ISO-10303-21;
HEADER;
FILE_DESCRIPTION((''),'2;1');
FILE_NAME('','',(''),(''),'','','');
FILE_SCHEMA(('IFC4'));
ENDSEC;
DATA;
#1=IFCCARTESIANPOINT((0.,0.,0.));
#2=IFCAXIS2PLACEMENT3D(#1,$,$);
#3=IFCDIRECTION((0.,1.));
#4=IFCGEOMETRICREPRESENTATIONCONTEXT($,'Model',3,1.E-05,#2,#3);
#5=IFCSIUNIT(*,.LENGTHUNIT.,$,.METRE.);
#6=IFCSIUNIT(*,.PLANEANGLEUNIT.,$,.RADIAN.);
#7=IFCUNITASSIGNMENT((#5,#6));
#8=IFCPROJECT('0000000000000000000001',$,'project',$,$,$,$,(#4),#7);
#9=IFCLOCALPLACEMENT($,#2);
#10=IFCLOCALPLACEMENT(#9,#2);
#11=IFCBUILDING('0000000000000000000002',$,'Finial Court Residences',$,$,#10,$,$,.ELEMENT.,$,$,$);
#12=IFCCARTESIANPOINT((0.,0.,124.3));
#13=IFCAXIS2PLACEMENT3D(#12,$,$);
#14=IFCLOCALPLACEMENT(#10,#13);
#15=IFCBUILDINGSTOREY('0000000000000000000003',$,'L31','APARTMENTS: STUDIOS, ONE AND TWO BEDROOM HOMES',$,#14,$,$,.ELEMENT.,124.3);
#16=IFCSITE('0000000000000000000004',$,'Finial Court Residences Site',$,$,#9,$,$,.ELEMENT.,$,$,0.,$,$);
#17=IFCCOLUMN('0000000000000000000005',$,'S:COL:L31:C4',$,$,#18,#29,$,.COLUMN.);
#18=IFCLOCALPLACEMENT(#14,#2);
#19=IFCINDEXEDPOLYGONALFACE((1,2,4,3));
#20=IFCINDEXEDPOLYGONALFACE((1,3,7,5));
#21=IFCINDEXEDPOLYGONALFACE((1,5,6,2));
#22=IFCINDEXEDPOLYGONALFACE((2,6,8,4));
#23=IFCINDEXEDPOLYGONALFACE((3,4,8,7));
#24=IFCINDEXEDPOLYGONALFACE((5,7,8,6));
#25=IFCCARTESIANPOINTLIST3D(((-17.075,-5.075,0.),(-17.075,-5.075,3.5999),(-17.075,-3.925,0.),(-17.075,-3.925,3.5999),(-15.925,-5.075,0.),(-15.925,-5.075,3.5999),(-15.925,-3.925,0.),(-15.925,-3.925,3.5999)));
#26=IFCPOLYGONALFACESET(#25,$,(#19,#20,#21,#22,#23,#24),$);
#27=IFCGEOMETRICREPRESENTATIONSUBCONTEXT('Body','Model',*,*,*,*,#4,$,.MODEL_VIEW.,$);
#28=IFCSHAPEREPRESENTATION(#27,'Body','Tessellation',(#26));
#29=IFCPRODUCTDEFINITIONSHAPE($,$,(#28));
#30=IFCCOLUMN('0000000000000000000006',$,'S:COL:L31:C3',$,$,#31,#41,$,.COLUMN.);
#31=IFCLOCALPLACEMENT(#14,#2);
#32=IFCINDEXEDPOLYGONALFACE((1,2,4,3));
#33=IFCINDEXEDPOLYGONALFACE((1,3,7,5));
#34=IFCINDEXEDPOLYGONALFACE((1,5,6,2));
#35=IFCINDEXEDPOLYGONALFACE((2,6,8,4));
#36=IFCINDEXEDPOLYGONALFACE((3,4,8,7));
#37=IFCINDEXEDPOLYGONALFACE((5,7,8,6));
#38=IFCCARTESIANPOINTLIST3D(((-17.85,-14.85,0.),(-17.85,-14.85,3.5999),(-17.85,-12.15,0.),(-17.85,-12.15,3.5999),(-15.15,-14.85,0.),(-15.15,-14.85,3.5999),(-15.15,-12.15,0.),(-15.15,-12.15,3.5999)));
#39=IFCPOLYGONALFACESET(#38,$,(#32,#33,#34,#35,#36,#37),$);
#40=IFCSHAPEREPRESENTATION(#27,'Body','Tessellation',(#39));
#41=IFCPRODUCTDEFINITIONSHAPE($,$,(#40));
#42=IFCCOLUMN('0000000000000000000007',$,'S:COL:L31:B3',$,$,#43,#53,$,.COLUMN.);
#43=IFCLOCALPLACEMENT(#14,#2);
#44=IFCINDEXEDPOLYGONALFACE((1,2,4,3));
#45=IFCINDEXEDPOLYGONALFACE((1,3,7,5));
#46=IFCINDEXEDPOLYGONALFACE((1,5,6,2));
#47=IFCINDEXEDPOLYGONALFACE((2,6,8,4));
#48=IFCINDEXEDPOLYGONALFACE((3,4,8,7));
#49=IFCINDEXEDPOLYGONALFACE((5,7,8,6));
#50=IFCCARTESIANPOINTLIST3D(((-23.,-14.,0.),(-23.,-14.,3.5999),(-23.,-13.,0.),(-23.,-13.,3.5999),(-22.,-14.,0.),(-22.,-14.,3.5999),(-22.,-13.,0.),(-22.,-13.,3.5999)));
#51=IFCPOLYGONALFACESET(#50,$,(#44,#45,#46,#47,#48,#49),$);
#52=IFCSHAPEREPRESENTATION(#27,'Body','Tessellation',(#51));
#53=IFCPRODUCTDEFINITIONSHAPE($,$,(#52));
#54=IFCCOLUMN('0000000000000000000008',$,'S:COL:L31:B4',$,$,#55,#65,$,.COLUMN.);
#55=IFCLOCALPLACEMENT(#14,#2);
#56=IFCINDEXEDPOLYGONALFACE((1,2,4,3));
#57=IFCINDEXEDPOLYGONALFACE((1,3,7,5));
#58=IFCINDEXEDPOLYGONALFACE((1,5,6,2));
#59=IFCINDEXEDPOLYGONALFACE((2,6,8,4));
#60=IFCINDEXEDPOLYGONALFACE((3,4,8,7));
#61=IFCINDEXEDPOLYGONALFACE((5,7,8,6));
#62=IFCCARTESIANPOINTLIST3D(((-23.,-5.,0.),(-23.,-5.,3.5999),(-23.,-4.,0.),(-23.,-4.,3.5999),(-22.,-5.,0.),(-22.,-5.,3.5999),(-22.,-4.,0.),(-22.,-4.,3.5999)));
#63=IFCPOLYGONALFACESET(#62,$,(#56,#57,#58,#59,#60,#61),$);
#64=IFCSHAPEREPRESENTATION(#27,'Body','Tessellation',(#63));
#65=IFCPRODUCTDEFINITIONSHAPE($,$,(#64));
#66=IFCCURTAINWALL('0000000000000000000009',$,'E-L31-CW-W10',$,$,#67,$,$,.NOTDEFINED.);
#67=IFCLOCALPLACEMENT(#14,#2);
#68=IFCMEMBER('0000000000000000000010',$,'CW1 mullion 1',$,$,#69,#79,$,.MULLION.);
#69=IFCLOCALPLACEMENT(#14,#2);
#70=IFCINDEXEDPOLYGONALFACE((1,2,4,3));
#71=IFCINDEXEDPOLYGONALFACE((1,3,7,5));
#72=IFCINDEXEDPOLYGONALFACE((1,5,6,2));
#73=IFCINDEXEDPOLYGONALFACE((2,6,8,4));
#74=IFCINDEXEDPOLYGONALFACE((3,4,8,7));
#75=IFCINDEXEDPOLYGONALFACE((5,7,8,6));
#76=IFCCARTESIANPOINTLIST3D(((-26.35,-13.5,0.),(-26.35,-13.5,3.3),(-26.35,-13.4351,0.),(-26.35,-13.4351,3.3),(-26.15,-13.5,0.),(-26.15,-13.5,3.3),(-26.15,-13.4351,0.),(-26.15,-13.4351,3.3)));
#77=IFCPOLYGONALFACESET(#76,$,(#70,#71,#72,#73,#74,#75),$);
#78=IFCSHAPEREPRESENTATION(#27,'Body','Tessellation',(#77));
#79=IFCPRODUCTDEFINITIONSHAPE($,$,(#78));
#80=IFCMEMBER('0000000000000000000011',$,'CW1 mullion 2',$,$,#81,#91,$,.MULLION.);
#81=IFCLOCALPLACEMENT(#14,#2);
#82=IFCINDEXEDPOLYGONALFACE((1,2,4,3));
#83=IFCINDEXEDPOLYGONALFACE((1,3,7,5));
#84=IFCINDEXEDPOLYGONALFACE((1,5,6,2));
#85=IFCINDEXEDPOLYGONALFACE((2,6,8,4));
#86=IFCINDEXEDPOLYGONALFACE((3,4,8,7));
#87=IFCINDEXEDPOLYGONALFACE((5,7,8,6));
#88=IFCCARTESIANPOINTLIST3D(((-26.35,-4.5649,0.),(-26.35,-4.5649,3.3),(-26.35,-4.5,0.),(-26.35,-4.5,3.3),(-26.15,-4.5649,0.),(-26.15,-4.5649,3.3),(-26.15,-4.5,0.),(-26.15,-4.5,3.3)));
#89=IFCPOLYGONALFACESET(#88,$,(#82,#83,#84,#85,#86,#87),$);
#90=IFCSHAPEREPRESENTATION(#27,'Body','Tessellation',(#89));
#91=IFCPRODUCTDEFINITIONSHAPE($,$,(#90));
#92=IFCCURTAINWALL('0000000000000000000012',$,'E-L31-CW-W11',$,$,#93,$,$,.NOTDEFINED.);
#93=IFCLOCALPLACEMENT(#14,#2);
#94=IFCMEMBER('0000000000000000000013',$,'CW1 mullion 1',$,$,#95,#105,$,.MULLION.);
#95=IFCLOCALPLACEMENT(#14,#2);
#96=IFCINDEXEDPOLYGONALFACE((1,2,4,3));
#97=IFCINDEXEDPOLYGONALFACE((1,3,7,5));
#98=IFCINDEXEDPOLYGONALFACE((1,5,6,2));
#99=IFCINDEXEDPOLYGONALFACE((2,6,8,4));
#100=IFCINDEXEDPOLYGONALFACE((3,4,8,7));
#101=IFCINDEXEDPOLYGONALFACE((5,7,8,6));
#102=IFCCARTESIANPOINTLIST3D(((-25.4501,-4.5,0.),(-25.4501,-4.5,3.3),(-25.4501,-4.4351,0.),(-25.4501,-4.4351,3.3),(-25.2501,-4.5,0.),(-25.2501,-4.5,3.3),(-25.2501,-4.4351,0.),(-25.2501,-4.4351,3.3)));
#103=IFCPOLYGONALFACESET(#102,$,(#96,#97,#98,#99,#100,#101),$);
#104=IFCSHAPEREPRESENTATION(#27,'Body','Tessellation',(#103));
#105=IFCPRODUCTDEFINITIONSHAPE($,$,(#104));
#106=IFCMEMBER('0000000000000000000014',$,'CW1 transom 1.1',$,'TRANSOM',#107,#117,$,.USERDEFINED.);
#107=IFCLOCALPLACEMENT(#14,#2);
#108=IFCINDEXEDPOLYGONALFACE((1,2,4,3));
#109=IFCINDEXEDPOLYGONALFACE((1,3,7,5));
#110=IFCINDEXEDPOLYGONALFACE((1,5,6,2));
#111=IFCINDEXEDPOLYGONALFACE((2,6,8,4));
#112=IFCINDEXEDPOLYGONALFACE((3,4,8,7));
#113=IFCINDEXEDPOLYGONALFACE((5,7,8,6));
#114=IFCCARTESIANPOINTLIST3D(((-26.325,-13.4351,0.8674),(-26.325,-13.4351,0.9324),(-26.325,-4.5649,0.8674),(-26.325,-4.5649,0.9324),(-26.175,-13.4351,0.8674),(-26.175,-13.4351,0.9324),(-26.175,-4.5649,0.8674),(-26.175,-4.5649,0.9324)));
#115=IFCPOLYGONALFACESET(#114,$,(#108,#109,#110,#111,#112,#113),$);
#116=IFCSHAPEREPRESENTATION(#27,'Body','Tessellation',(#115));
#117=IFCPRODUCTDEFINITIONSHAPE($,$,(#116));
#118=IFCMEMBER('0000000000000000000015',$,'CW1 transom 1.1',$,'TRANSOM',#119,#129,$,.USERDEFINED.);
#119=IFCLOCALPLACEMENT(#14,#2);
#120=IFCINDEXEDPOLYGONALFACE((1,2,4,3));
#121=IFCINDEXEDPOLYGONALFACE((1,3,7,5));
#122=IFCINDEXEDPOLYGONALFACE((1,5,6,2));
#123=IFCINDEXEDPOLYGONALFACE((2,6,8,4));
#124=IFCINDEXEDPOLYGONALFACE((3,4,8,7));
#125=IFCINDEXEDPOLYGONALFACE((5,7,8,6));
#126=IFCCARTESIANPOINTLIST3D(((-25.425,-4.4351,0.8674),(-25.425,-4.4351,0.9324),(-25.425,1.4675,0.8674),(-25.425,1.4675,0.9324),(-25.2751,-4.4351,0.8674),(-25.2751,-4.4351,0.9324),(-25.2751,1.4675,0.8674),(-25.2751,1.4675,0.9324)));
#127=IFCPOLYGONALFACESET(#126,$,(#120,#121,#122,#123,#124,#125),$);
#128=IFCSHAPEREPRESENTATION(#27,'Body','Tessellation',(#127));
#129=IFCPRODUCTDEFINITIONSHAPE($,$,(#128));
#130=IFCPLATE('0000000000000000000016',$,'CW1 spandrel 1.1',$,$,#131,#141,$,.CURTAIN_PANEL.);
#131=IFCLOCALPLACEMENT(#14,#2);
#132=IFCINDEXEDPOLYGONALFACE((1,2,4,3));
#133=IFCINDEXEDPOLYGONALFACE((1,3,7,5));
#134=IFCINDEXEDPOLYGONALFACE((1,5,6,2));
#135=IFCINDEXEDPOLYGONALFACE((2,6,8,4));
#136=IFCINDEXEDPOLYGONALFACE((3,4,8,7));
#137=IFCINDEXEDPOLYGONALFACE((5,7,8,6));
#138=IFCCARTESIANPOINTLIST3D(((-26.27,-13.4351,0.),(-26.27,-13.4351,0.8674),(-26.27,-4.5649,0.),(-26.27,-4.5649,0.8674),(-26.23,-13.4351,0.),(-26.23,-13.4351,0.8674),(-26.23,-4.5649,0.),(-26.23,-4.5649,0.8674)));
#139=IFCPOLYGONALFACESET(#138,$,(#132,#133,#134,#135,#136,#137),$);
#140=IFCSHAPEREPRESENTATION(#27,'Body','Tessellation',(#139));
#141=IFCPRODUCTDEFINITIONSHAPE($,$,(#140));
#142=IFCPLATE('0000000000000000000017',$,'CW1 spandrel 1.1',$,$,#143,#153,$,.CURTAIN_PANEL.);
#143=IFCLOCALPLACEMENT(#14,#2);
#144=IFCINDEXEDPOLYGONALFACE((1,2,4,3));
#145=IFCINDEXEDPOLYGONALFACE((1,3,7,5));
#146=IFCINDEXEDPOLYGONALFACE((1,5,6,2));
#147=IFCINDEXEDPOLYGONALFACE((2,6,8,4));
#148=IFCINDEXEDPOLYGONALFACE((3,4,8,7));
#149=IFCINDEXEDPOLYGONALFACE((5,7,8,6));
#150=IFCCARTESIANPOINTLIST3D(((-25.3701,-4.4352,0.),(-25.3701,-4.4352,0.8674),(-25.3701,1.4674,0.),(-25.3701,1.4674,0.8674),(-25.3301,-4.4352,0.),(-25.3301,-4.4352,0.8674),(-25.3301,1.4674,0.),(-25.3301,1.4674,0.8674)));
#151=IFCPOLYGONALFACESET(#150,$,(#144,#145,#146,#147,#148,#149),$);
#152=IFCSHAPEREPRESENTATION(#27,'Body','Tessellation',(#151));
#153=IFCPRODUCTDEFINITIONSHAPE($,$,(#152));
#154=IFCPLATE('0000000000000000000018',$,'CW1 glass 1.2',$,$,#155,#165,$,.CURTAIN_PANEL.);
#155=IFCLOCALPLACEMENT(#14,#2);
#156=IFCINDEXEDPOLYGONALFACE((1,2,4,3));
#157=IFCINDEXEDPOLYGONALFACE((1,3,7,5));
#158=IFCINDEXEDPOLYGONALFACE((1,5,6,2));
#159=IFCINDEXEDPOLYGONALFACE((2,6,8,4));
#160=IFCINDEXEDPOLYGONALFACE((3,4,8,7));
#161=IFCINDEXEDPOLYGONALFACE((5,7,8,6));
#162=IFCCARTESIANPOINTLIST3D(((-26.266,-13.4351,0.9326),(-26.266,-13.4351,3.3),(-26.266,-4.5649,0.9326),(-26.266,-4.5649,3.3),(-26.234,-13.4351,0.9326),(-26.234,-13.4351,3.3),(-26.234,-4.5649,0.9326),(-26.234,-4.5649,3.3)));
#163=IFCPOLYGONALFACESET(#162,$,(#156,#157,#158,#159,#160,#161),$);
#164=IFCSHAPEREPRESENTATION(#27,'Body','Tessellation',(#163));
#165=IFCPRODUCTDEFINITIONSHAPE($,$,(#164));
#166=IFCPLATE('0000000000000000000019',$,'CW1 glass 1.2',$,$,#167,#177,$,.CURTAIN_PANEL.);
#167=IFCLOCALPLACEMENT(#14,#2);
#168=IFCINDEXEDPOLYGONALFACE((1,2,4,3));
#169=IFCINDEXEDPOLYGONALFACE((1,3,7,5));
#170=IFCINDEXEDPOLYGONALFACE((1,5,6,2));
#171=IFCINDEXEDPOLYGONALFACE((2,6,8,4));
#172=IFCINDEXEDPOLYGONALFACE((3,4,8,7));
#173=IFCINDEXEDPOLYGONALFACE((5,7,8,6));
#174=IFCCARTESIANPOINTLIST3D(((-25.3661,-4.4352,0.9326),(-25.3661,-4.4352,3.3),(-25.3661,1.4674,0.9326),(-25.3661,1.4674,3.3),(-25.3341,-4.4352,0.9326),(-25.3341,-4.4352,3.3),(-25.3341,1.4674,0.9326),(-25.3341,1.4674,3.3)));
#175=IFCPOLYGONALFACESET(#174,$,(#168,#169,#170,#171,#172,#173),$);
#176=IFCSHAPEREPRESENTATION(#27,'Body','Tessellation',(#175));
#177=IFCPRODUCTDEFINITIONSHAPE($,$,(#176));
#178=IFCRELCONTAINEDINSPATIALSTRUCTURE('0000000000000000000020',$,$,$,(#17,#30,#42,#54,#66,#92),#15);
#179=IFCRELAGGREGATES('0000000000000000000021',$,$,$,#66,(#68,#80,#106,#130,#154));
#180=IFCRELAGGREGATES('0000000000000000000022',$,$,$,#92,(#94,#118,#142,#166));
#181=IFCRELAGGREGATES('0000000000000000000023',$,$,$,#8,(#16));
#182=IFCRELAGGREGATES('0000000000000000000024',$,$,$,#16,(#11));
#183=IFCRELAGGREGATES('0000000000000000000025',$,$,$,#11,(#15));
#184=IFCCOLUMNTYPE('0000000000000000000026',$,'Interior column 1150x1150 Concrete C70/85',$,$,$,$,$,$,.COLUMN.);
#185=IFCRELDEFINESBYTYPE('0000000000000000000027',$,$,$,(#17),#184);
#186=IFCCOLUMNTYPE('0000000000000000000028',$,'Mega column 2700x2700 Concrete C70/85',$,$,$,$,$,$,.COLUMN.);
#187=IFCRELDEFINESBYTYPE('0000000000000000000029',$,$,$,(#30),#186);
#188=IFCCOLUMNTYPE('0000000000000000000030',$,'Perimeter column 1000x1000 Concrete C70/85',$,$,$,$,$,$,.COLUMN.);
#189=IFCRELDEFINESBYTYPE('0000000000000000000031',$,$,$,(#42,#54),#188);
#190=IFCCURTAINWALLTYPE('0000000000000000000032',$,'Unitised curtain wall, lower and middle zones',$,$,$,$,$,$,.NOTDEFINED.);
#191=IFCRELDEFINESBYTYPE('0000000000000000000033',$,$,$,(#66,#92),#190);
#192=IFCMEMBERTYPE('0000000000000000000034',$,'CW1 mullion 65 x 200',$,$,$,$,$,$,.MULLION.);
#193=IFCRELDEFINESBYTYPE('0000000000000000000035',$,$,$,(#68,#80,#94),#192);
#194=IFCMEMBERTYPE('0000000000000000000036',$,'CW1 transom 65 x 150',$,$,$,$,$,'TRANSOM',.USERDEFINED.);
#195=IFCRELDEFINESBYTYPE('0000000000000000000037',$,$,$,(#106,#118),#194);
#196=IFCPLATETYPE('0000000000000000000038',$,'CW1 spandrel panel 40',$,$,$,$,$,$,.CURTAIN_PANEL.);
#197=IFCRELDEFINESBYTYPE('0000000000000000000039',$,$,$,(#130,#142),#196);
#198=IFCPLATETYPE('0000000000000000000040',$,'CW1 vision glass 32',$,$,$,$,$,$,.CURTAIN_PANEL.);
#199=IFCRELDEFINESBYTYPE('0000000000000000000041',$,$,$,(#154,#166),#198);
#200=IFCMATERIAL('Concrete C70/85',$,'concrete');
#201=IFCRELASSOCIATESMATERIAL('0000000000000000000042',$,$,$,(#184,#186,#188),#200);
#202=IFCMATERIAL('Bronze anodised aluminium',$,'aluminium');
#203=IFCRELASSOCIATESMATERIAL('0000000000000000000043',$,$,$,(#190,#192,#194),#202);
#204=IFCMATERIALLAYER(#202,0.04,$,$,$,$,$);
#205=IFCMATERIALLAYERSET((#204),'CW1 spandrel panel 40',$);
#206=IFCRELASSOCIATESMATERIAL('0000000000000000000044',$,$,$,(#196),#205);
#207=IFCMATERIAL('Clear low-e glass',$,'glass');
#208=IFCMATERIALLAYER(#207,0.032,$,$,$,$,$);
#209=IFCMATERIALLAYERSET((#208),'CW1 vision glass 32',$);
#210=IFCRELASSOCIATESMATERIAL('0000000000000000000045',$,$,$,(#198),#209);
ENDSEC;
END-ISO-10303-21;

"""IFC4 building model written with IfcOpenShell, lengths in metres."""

from ifc_helpers import new_model, si_unit, direction, frame, origin, origin_2d, place, context, subcontext, project, spatial, rectangle, extrude, material, layer, layer_set, material_profile, profile_set, type_object, element, aggregate, save


model = new_model("IFC4")

# Units and contexts
model_context = context("Model", 3, precision=1e-05, world=origin(), true_north=direction((0.0, 1.0)))
body_context = subcontext(model_context, "Body", "Model", "MODEL_VIEW")
ifc_project = project(units=[si_unit("LENGTHUNIT", "METRE"), si_unit("PLANEANGLEUNIT", "RADIAN")], contexts=[model_context])

# Site, building, storey
site_placement = place(None, origin())
site = spatial("IfcSite", under=ifc_project, at=site_placement, Name="Finial Court Residences Site", CompositionType="ELEMENT", RefElevation=0.0)
building_placement = place(site_placement, origin())
building = spatial("IfcBuilding", under=site, at=building_placement, Name="Finial Court Residences", CompositionType="ELEMENT")
storey_placement = place(building_placement, frame((0.0, 0.0, 124.3)))
storey = spatial("IfcBuildingStorey", under=building, at=storey_placement, Name="L31", Description="APARTMENTS: STUDIOS, ONE AND TWO BEDROOM HOMES", CompositionType="ELEMENT", Elevation=124.3)

# Columns
ifc_material_1 = material(Name="Concrete C70/85", Category="concrete")
ifc_material_profile_1 = material_profile(ifc_material_1, rectangle(XDim=1.1499, YDim=1.1499, at=origin_2d()), Name="1150x1150")
ifc_profile_set_1 = profile_set([ifc_material_profile_1], Name="Concrete C70/85")
column_type_1 = type_object("IfcColumnType", Name="Interior column 1150x1150 Concrete C70/85", PredefinedType="COLUMN", material=ifc_profile_set_1)
column_1_placement = place(storey_placement, frame((-16.5, -4.5, 0.0), z_axis=(0.0, 0.0, 1.0), x_axis=(1.0, 0.0, 0.0)))
element("IfcColumn", 1, at=column_1_placement, inside=storey, type_object=column_type_1, Name="S:COL:L31:C4", PredefinedType="COLUMN", context=body_context, shape_type="SweptSolid", body=[
    extrude(rectangle(XDim=1.1499, YDim=1.1499, at=origin_2d()), origin(), (0.0, 0.0, 1.0), 3.5999),
])
ifc_material_profile_2 = material_profile(ifc_material_1, rectangle(XDim=2.7, YDim=2.7, at=origin_2d()), Name="2700x2700")
ifc_profile_set_2 = profile_set([ifc_material_profile_2], Name="Concrete C70/85")
column_type_2 = type_object("IfcColumnType", Name="Mega column 2700x2700 Concrete C70/85", PredefinedType="COLUMN", material=ifc_profile_set_2)
column_2_placement = place(storey_placement, frame((-16.5, -13.5, 0.0), z_axis=(0.0, 0.0, 1.0), x_axis=(1.0, 0.0, 0.0)))
element("IfcColumn", 2, at=column_2_placement, inside=storey, type_object=column_type_2, Name="S:COL:L31:C3", PredefinedType="COLUMN", context=body_context, shape_type="SweptSolid", body=[
    extrude(rectangle(XDim=2.7, YDim=2.7, at=origin_2d()), origin(), (0.0, 0.0, 1.0), 3.5999),
])
ifc_material_profile_3 = material_profile(ifc_material_1, rectangle(XDim=1.0, YDim=1.0, at=origin_2d()), Name="1000x1000")
ifc_profile_set_3 = profile_set([ifc_material_profile_3], Name="Concrete C70/85")
column_type_3 = type_object("IfcColumnType", Name="Perimeter column 1000x1000 Concrete C70/85", PredefinedType="COLUMN", material=ifc_profile_set_3)
for number, where, z_axis, x_axis, name in (
    (3, (-22.5, -13.5, 0.0), (0.0, 0.0, 1.0), (1.0, 0.0, 0.0), "S:COL:L31:B3"),
    (4, (-22.5, -4.5, 0.0), (0.0, 0.0, 1.0), (1.0, 0.0, 0.0), "S:COL:L31:B4"),
):
    element("IfcColumn", number, at=place(storey_placement, frame(where, z_axis=z_axis, x_axis=x_axis)), inside=storey, type_object=column_type_3, Name=name, PredefinedType="COLUMN", context=body_context, shape_type="SweptSolid", body=[
        extrude(rectangle(XDim=1.0, YDim=1.0, at=origin_2d()), origin(), (0.0, 0.0, 1.0), 3.5999),
    ])

# Curtain wall, members
ifc_material_2 = material(Name="Bronze anodised aluminium", Category="aluminium")
curtain_wall_type = type_object("IfcCurtainWallType", Name="Unitised curtain wall, lower and middle zones", PredefinedType="NOTDEFINED", material=ifc_material_2)
curtain_wall_1_placement = place(storey_placement, origin())
curtain_wall_1 = element("IfcCurtainWall", 5, at=curtain_wall_1_placement, inside=storey, type_object=curtain_wall_type, Name="E-L31-CW-W10", PredefinedType="NOTDEFINED")
ifc_material_profile_4 = material_profile(ifc_material_2, rectangle(XDim=0.2, YDim=0.0649, at=origin_2d()), Name="CW1 mullion 65 x 200")
ifc_profile_set_4 = profile_set([ifc_material_profile_4], Name="Bronze anodised aluminium")
member_type_1 = type_object("IfcMemberType", Name="CW1 mullion 65 x 200", PredefinedType="MULLION", material=ifc_profile_set_4)
member_1_placement = place(storey_placement, frame((-26.25, -13.4675, 0.0), z_axis=(0.0, 0.0, 1.0), x_axis=(-1.0, 0.0, 0.0)))
member_1 = element("IfcMember", 6, at=member_1_placement, type_object=member_type_1, Name="CW1 mullion 1", PredefinedType="MULLION", context=body_context, shape_type="SweptSolid", body=[
    extrude(rectangle(XDim=0.2, YDim=0.0649, at=origin_2d()), origin(), (0.0, 0.0, 1.0), 3.3),
])
member_2_placement = place(storey_placement, frame((-26.25, -4.5325, 0.0), z_axis=(0.0, 0.0, 1.0), x_axis=(-1.0, 0.0, 0.0)))
member_2 = element("IfcMember", 7, at=member_2_placement, type_object=member_type_1, Name="CW1 mullion 2", PredefinedType="MULLION", context=body_context, shape_type="SweptSolid", body=[
    extrude(rectangle(XDim=0.2, YDim=0.0649, at=origin_2d()), origin(), (0.0, 0.0, 1.0), 3.3),
])

# Curtain wall, member
curtain_wall_2_placement = place(storey_placement, origin())
curtain_wall_2 = element("IfcCurtainWall", 8, at=curtain_wall_2_placement, inside=storey, type_object=curtain_wall_type, Name="E-L31-CW-W11", PredefinedType="NOTDEFINED")
member_3_placement = place(storey_placement, frame((-25.3501, -4.4675, 0.0), z_axis=(0.0, 0.0, 1.0), x_axis=(-1.0, 0.0, 0.0)))
member_3 = element("IfcMember", 9, at=member_3_placement, type_object=member_type_1, Name="CW1 mullion 1", PredefinedType="MULLION", context=body_context, shape_type="SweptSolid", body=[
    extrude(rectangle(XDim=0.2, YDim=0.0649, at=origin_2d()), origin(), (0.0, 0.0, 1.0), 3.3),
])

# Members
ifc_material_profile_5 = material_profile(ifc_material_2, rectangle(XDim=0.1499, YDim=0.0649, at=origin_2d()), Name="CW1 transom 65 x 150")
ifc_profile_set_5 = profile_set([ifc_material_profile_5], Name="Bronze anodised aluminium")
member_type_2 = type_object("IfcMemberType", Name="CW1 transom 65 x 150", ElementType="TRANSOM", PredefinedType="USERDEFINED", material=ifc_profile_set_5)
member_4_placement = place(storey_placement, frame((-26.25, -13.4351, 0.8999), z_axis=(0.0, 1.0, 0.0), x_axis=(-1.0, 0.0, 0.0)))
member_4 = element("IfcMember", 10, at=member_4_placement, type_object=member_type_2, Name="CW1 transom 1.1", ObjectType="TRANSOM", PredefinedType="USERDEFINED", context=body_context, shape_type="SweptSolid", body=[
    extrude(rectangle(XDim=0.1499, YDim=0.0649, at=origin_2d()), origin(), (0.0, 0.0, 1.0), 8.8701),
])
member_5_placement = place(storey_placement, frame((-25.3501, -4.4351, 0.8999), z_axis=(0.0, 1.0, 0.0), x_axis=(-1.0, 0.0, 0.0)))
member_5 = element("IfcMember", 11, at=member_5_placement, type_object=member_type_2, Name="CW1 transom 1.1", ObjectType="TRANSOM", PredefinedType="USERDEFINED", context=body_context, shape_type="SweptSolid", body=[
    extrude(rectangle(XDim=0.1499, YDim=0.0649, at=origin_2d()), origin(), (0.0, 0.0, 1.0), 5.9026),
])

# Plates
ifc_layer_1 = layer(ifc_material_2, 0.04)
ifc_layer_set_1 = layer_set([ifc_layer_1], Name="CW1 spandrel panel 40")
plate_type_1 = type_object("IfcPlateType", Name="CW1 spandrel panel 40", PredefinedType="CURTAIN_PANEL", material=ifc_layer_set_1)
plate_1_placement = place(storey_placement, frame((-26.25, -9.0, 0.0), z_axis=(0.0, 0.0, 1.0), x_axis=(0.0, 1.0, 0.0)))
plate_1 = element("IfcPlate", 12, at=plate_1_placement, type_object=plate_type_1, Name="CW1 spandrel 1.1", PredefinedType="CURTAIN_PANEL", context=body_context, shape_type="SweptSolid", body=[
    extrude(rectangle(XDim=8.8701, YDim=0.04, at=origin_2d()), origin(), (0.0, 0.0, 1.0), 0.8674),
])
plate_2_placement = place(storey_placement, frame((-25.3501, -1.4839, 0.0), z_axis=(0.0, 0.0, 1.0), x_axis=(0.0, 1.0, 0.0)))
plate_2 = element("IfcPlate", 13, at=plate_2_placement, type_object=plate_type_1, Name="CW1 spandrel 1.1", PredefinedType="CURTAIN_PANEL", context=body_context, shape_type="SweptSolid", body=[
    extrude(rectangle(XDim=5.9026, YDim=0.04, at=origin_2d()), origin(), (0.0, 0.0, 1.0), 0.8674),
])
ifc_material_3 = material(Name="Clear low-e glass", Category="glass")
ifc_layer_2 = layer(ifc_material_3, 0.032)
ifc_layer_set_2 = layer_set([ifc_layer_2], Name="CW1 vision glass 32")
plate_type_2 = type_object("IfcPlateType", Name="CW1 vision glass 32", PredefinedType="CURTAIN_PANEL", material=ifc_layer_set_2)
plate_3_placement = place(storey_placement, frame((-26.25, -9.0, 0.9326), z_axis=(0.0, 0.0, 1.0), x_axis=(0.0, 1.0, 0.0)))
plate_3 = element("IfcPlate", 14, at=plate_3_placement, type_object=plate_type_2, Name="CW1 glass 1.2", PredefinedType="CURTAIN_PANEL", context=body_context, shape_type="SweptSolid", body=[
    extrude(rectangle(XDim=8.8701, YDim=0.032, at=origin_2d()), origin(), (0.0, 0.0, 1.0), 2.3674),
])
aggregate(curtain_wall_1, [member_1, member_2, member_4, plate_1, plate_3])
plate_4_placement = place(storey_placement, frame((-25.3501, -1.4839, 0.9326), z_axis=(0.0, 0.0, 1.0), x_axis=(0.0, 1.0, 0.0)))
plate_4 = element("IfcPlate", 15, at=plate_4_placement, type_object=plate_type_2, Name="CW1 glass 1.2", PredefinedType="CURTAIN_PANEL", context=body_context, shape_type="SweptSolid", body=[
    extrude(rectangle(XDim=5.9026, YDim=0.032, at=origin_2d()), origin(), (0.0, 0.0, 1.0), 2.3674),
])
aggregate(curtain_wall_2, [member_3, member_5, plate_2, plate_4])

save(model, "model.ifc")
